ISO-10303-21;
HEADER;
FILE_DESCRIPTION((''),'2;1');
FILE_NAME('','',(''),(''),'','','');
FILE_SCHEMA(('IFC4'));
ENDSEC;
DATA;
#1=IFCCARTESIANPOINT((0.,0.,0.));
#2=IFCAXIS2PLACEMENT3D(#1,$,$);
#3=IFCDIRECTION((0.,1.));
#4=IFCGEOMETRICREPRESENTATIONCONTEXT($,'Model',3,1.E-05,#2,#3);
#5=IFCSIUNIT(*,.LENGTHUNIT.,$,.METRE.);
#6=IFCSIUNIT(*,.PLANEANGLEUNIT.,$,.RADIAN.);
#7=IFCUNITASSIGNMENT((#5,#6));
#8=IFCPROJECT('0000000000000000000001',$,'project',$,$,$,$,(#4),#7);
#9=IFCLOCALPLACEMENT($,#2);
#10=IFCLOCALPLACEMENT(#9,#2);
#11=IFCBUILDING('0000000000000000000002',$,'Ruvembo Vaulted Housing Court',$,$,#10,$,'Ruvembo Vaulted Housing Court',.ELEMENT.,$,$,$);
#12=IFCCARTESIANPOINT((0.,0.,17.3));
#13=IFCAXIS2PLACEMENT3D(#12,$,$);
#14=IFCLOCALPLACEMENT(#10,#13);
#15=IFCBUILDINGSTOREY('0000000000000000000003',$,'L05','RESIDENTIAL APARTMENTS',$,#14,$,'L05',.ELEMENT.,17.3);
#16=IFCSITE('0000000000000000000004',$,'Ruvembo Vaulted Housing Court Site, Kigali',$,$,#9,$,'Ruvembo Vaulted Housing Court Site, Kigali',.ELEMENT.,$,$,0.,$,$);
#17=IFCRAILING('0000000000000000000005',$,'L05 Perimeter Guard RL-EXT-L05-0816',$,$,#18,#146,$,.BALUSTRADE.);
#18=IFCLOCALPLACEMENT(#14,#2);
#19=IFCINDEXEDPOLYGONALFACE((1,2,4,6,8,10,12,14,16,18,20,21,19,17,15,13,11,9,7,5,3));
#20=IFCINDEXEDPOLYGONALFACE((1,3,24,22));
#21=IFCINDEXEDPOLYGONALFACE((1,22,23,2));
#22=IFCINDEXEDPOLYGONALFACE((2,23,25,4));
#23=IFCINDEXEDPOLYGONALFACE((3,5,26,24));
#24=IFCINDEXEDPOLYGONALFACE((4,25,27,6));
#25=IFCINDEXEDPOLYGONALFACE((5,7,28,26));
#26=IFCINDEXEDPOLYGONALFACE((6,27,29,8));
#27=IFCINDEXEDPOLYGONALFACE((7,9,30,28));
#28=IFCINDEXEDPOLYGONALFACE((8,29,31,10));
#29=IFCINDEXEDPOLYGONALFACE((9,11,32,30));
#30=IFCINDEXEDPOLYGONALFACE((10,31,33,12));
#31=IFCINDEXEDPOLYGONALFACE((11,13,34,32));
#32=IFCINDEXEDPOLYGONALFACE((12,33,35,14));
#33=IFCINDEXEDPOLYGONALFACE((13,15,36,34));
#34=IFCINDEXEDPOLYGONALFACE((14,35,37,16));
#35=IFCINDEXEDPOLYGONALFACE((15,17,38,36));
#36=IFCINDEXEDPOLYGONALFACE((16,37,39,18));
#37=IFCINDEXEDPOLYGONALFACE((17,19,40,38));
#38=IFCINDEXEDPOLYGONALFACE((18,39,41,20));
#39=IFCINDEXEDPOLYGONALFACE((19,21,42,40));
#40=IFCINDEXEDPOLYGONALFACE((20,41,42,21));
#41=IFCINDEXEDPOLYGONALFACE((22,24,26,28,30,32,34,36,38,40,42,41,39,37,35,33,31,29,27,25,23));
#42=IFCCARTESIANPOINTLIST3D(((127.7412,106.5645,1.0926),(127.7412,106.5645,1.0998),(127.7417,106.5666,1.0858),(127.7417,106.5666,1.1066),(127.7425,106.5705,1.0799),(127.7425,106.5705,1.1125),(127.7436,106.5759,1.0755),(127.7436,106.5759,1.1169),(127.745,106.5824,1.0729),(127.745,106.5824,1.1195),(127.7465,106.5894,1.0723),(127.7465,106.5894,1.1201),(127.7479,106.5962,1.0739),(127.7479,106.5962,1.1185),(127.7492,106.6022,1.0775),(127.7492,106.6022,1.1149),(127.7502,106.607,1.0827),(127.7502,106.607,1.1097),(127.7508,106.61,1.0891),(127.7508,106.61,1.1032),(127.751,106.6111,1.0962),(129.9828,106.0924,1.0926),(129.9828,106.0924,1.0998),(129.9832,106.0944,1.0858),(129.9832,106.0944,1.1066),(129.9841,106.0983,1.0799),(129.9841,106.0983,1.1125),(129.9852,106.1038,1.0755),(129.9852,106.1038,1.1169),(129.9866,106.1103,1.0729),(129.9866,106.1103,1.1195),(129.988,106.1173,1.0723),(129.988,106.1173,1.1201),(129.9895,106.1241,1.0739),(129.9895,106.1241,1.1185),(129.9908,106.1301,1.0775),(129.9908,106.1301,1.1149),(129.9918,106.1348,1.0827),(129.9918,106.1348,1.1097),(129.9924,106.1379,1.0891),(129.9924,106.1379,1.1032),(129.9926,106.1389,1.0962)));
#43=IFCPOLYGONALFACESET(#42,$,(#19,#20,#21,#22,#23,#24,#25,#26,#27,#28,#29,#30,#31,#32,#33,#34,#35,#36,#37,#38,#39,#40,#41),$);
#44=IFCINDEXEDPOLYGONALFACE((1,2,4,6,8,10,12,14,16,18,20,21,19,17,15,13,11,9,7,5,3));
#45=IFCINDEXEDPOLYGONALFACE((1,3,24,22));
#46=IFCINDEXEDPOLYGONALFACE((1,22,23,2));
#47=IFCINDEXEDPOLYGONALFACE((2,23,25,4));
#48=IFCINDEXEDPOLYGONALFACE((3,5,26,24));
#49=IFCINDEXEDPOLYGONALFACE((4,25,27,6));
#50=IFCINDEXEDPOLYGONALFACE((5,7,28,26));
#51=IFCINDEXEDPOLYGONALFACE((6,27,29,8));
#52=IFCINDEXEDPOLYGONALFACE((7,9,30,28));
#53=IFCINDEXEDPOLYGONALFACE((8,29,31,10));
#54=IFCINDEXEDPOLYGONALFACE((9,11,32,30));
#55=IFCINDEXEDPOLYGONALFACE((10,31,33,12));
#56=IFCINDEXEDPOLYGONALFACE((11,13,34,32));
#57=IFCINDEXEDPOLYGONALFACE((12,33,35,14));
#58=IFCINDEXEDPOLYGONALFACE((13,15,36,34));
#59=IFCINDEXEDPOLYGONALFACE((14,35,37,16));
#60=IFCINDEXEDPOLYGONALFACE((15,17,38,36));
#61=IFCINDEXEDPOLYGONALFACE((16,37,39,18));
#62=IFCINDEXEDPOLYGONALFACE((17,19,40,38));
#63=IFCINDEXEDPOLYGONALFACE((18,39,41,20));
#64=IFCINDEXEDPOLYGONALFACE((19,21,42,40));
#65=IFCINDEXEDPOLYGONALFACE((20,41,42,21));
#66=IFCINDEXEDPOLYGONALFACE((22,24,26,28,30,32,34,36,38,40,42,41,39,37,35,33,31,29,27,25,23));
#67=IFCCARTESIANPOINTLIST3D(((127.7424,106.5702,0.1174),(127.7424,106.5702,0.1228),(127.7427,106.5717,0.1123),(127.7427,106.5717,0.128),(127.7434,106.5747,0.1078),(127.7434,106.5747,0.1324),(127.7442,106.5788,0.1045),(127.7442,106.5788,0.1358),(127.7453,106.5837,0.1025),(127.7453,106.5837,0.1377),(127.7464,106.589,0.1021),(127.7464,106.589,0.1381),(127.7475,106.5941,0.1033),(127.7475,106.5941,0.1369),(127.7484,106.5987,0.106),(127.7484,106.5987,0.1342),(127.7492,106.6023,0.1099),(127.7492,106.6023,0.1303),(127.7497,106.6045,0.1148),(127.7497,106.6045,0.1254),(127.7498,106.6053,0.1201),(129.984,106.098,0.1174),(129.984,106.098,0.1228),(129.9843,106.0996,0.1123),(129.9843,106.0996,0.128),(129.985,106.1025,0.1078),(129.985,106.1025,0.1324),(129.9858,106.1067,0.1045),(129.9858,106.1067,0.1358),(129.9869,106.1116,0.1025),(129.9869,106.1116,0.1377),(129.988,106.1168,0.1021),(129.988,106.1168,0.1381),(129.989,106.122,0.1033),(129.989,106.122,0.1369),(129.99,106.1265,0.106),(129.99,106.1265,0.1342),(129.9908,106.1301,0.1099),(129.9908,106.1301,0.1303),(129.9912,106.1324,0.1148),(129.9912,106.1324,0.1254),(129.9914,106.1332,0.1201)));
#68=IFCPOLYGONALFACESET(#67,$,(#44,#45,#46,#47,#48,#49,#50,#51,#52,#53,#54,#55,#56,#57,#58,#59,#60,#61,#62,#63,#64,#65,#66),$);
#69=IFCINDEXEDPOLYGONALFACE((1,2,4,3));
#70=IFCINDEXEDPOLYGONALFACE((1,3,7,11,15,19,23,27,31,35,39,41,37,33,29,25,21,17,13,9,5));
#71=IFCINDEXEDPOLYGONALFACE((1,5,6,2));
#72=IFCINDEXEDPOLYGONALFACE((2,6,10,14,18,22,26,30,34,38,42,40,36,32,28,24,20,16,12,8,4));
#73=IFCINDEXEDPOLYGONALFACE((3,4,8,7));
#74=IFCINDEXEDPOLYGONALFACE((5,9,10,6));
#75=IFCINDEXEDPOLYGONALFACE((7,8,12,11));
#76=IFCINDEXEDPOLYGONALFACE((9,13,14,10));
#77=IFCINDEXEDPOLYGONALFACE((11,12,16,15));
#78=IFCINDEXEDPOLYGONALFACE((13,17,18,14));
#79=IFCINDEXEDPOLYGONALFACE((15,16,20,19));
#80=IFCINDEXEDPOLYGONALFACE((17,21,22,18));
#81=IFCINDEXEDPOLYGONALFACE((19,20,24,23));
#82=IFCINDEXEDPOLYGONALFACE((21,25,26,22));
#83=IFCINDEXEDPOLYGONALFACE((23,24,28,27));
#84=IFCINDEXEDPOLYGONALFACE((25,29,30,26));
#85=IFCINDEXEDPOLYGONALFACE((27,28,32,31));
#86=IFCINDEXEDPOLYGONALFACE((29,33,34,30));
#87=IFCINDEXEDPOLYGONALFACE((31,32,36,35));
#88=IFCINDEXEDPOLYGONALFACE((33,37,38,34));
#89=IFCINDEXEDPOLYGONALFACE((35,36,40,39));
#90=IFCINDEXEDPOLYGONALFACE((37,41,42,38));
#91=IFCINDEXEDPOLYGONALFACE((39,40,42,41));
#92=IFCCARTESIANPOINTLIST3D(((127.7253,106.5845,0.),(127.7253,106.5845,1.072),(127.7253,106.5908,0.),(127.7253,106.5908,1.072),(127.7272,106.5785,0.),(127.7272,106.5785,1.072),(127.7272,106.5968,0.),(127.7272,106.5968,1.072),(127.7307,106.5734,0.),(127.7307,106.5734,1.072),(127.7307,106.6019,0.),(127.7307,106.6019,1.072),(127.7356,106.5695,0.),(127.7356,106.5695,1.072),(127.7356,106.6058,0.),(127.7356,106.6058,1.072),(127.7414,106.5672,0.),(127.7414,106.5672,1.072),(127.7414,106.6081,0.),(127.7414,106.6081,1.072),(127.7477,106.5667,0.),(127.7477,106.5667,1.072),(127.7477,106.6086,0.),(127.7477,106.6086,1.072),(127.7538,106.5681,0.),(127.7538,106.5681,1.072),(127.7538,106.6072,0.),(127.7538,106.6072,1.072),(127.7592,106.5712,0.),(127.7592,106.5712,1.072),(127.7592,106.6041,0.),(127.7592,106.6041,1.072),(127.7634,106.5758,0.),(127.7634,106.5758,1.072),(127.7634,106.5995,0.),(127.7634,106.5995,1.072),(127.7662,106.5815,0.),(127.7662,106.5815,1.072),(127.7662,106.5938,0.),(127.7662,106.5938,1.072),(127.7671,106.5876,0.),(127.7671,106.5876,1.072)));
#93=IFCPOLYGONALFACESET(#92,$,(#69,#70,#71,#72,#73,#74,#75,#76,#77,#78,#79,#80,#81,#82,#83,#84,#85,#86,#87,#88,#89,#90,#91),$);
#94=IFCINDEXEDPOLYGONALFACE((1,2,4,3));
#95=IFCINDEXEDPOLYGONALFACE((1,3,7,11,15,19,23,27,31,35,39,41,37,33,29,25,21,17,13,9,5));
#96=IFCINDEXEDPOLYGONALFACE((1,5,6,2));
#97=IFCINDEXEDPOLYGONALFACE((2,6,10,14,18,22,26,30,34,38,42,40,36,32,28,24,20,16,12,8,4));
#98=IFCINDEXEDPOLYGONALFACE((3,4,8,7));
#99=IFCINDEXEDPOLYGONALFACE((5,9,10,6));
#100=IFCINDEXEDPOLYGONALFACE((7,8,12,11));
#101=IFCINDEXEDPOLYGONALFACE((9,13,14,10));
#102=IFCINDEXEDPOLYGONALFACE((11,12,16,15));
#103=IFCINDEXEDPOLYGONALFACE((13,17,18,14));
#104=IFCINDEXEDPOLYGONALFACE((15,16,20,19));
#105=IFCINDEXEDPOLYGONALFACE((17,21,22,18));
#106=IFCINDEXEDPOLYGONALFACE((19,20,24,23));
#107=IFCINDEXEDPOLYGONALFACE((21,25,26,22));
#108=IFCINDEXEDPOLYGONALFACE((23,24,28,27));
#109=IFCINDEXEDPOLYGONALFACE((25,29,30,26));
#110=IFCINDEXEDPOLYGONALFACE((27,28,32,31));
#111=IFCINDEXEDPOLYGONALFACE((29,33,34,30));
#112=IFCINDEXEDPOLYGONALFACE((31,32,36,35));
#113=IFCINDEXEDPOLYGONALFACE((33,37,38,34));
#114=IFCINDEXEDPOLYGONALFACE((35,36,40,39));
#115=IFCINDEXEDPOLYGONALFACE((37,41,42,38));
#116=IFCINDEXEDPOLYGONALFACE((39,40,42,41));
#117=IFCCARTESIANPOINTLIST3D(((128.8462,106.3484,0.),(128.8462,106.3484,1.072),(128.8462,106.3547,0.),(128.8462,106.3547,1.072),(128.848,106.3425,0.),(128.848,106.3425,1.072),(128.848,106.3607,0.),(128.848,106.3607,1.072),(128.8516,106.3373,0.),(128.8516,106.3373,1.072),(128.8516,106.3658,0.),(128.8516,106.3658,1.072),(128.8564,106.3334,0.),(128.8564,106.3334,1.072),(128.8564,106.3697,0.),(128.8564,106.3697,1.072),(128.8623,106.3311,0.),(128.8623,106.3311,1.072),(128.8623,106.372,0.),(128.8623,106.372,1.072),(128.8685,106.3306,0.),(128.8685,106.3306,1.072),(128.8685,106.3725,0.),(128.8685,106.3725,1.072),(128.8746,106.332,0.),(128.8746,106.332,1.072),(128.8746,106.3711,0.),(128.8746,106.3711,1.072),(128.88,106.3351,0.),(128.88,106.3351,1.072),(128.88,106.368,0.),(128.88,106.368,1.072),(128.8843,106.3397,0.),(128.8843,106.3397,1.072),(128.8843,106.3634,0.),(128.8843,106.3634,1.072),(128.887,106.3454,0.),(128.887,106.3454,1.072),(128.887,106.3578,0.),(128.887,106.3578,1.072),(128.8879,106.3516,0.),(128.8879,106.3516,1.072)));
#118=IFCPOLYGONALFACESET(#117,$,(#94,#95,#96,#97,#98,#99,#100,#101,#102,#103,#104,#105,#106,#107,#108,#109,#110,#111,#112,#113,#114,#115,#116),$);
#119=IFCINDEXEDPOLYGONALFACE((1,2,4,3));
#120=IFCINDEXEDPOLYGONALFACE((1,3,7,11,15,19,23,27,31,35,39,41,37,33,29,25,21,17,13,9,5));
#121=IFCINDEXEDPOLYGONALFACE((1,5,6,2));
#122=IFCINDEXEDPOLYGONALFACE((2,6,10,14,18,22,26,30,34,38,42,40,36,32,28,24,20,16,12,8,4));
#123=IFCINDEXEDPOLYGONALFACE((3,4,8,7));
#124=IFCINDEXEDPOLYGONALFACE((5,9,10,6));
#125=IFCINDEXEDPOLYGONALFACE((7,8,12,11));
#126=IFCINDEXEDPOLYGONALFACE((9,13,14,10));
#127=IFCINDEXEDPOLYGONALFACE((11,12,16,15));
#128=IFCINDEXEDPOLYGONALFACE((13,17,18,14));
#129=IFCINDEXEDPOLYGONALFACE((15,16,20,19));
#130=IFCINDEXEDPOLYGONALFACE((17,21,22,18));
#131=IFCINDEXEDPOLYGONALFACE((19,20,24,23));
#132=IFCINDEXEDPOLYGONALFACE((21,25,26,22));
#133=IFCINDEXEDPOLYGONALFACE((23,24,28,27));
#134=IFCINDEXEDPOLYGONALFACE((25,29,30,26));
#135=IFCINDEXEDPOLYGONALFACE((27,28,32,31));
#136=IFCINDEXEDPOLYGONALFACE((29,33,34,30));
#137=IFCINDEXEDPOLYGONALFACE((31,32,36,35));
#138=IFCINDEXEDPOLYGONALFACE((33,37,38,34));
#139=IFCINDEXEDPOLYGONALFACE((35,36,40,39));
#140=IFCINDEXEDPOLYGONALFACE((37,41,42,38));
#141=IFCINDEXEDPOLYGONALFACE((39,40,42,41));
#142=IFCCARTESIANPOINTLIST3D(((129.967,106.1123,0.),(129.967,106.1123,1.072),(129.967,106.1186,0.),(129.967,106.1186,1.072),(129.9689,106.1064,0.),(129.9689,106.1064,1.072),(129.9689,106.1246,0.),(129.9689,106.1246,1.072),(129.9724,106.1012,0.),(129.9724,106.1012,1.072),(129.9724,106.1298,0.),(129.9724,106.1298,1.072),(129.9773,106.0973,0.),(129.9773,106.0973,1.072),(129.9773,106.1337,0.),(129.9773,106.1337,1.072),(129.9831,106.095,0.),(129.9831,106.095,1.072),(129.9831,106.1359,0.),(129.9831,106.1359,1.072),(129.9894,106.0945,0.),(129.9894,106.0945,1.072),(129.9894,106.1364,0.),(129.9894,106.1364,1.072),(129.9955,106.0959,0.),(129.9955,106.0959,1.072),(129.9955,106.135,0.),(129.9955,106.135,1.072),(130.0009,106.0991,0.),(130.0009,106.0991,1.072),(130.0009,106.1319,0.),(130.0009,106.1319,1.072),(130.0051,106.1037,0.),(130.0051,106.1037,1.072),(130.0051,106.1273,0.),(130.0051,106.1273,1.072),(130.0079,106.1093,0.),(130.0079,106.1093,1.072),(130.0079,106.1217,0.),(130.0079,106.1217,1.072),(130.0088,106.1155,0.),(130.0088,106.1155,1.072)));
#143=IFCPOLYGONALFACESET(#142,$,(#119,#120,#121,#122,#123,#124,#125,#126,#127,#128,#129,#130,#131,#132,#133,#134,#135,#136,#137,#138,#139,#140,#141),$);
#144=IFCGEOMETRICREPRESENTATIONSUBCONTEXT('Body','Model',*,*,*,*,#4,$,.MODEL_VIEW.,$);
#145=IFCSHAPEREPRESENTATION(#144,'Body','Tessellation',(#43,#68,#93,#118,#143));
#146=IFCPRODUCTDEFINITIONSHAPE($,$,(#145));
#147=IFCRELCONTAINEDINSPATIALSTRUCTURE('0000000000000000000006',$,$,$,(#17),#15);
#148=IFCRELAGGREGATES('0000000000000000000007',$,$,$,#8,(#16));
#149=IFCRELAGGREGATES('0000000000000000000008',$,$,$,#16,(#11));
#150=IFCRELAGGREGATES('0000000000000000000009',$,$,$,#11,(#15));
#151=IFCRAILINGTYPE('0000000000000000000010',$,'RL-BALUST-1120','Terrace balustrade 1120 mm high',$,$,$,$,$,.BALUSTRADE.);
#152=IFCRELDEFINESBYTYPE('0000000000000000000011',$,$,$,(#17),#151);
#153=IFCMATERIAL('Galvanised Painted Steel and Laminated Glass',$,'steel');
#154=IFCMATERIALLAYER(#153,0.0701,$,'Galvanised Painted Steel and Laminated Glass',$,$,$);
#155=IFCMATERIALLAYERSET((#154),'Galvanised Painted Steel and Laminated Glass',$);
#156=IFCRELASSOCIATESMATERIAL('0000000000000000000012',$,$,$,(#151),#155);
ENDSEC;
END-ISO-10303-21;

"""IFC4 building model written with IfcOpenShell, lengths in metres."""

from ifc_helpers import new_model, si_unit, direction, frame, origin, origin_2d, place, context, subcontext, project, spatial, circle, extrude, material, layer, layer_set, type_object, element, save


model = new_model("IFC4")

# Units and contexts
model_context = context("Model", 3, precision=1e-05, world=origin(), true_north=direction((0.0, 1.0)))
body_context = subcontext(model_context, "Body", "Model", "MODEL_VIEW")
ifc_project = project(units=[si_unit("LENGTHUNIT", "METRE"), si_unit("PLANEANGLEUNIT", "RADIAN")], contexts=[model_context])

# Site, building, storey
site_placement = place(None, origin())
site = spatial("IfcSite", under=ifc_project, at=site_placement, Name="Ruvembo Vaulted Housing Court Site, Kigali", LongName="Ruvembo Vaulted Housing Court Site, Kigali", CompositionType="ELEMENT", RefElevation=0.0)
building_placement = place(site_placement, origin())
building = spatial("IfcBuilding", under=site, at=building_placement, Name="Ruvembo Vaulted Housing Court", LongName="Ruvembo Vaulted Housing Court", CompositionType="ELEMENT")
storey_placement = place(building_placement, frame((0.0, 0.0, 17.3)))
storey = spatial("IfcBuildingStorey", under=building, at=storey_placement, Name="L05", Description="RESIDENTIAL APARTMENTS", LongName="L05", CompositionType="ELEMENT", Elevation=17.3)

# Railing
ifc_material_1 = material(Name="Galvanised Painted Steel and Laminated Glass", Category="steel")
ifc_layer_1 = layer(ifc_material_1, 0.0701, Name="Galvanised Painted Steel and Laminated Glass")
ifc_layer_set_1 = layer_set([ifc_layer_1], Name="Galvanised Painted Steel and Laminated Glass")
railing_type = type_object("IfcRailingType", Name="RL-BALUST-1120", Description="Terrace balustrade 1120 mm high", PredefinedType="BALUSTRADE", material=ifc_layer_set_1)
railing_placement = place(storey_placement, frame((127.7461, 106.5876, 0.0)))
element("IfcRailing", 1, at=railing_placement, inside=storey, type_object=railing_type, Name="L05 Perimeter Guard RL-EXT-L05-0816", PredefinedType="BALUSTRADE", context=body_context, shape_type="SweptSolid", body=[
    extrude(circle(Radius=0.0239, at=origin_2d()), frame((0.0, 0.0, 1.0962), z_axis=(0.978529, -0.206107, 0.0), x_axis=(0.206107, 0.978529, 0.0)), (0.0, 0.0, 1.0), 2.2908),
    extrude(circle(Radius=0.0181, at=origin_2d()), frame((0.0, 0.0, 0.1201), z_axis=(0.978529, -0.206107, 0.0), x_axis=(0.206107, 0.978529, 0.0)), (0.0, 0.0, 1.0), 2.2908),
    extrude(circle(Radius=0.021, at=origin_2d()), origin(), (0.0, 0.0, 1.0), 1.072),
    extrude(circle(Radius=0.021, at=origin_2d()), frame((1.1208, -0.2361, 0.0)), (0.0, 0.0, 1.0), 1.072),
    extrude(circle(Radius=0.021, at=origin_2d()), frame((2.2417, -0.4722, 0.0)), (0.0, 0.0, 1.0), 1.072),
])

save(model, "model.ifc")
